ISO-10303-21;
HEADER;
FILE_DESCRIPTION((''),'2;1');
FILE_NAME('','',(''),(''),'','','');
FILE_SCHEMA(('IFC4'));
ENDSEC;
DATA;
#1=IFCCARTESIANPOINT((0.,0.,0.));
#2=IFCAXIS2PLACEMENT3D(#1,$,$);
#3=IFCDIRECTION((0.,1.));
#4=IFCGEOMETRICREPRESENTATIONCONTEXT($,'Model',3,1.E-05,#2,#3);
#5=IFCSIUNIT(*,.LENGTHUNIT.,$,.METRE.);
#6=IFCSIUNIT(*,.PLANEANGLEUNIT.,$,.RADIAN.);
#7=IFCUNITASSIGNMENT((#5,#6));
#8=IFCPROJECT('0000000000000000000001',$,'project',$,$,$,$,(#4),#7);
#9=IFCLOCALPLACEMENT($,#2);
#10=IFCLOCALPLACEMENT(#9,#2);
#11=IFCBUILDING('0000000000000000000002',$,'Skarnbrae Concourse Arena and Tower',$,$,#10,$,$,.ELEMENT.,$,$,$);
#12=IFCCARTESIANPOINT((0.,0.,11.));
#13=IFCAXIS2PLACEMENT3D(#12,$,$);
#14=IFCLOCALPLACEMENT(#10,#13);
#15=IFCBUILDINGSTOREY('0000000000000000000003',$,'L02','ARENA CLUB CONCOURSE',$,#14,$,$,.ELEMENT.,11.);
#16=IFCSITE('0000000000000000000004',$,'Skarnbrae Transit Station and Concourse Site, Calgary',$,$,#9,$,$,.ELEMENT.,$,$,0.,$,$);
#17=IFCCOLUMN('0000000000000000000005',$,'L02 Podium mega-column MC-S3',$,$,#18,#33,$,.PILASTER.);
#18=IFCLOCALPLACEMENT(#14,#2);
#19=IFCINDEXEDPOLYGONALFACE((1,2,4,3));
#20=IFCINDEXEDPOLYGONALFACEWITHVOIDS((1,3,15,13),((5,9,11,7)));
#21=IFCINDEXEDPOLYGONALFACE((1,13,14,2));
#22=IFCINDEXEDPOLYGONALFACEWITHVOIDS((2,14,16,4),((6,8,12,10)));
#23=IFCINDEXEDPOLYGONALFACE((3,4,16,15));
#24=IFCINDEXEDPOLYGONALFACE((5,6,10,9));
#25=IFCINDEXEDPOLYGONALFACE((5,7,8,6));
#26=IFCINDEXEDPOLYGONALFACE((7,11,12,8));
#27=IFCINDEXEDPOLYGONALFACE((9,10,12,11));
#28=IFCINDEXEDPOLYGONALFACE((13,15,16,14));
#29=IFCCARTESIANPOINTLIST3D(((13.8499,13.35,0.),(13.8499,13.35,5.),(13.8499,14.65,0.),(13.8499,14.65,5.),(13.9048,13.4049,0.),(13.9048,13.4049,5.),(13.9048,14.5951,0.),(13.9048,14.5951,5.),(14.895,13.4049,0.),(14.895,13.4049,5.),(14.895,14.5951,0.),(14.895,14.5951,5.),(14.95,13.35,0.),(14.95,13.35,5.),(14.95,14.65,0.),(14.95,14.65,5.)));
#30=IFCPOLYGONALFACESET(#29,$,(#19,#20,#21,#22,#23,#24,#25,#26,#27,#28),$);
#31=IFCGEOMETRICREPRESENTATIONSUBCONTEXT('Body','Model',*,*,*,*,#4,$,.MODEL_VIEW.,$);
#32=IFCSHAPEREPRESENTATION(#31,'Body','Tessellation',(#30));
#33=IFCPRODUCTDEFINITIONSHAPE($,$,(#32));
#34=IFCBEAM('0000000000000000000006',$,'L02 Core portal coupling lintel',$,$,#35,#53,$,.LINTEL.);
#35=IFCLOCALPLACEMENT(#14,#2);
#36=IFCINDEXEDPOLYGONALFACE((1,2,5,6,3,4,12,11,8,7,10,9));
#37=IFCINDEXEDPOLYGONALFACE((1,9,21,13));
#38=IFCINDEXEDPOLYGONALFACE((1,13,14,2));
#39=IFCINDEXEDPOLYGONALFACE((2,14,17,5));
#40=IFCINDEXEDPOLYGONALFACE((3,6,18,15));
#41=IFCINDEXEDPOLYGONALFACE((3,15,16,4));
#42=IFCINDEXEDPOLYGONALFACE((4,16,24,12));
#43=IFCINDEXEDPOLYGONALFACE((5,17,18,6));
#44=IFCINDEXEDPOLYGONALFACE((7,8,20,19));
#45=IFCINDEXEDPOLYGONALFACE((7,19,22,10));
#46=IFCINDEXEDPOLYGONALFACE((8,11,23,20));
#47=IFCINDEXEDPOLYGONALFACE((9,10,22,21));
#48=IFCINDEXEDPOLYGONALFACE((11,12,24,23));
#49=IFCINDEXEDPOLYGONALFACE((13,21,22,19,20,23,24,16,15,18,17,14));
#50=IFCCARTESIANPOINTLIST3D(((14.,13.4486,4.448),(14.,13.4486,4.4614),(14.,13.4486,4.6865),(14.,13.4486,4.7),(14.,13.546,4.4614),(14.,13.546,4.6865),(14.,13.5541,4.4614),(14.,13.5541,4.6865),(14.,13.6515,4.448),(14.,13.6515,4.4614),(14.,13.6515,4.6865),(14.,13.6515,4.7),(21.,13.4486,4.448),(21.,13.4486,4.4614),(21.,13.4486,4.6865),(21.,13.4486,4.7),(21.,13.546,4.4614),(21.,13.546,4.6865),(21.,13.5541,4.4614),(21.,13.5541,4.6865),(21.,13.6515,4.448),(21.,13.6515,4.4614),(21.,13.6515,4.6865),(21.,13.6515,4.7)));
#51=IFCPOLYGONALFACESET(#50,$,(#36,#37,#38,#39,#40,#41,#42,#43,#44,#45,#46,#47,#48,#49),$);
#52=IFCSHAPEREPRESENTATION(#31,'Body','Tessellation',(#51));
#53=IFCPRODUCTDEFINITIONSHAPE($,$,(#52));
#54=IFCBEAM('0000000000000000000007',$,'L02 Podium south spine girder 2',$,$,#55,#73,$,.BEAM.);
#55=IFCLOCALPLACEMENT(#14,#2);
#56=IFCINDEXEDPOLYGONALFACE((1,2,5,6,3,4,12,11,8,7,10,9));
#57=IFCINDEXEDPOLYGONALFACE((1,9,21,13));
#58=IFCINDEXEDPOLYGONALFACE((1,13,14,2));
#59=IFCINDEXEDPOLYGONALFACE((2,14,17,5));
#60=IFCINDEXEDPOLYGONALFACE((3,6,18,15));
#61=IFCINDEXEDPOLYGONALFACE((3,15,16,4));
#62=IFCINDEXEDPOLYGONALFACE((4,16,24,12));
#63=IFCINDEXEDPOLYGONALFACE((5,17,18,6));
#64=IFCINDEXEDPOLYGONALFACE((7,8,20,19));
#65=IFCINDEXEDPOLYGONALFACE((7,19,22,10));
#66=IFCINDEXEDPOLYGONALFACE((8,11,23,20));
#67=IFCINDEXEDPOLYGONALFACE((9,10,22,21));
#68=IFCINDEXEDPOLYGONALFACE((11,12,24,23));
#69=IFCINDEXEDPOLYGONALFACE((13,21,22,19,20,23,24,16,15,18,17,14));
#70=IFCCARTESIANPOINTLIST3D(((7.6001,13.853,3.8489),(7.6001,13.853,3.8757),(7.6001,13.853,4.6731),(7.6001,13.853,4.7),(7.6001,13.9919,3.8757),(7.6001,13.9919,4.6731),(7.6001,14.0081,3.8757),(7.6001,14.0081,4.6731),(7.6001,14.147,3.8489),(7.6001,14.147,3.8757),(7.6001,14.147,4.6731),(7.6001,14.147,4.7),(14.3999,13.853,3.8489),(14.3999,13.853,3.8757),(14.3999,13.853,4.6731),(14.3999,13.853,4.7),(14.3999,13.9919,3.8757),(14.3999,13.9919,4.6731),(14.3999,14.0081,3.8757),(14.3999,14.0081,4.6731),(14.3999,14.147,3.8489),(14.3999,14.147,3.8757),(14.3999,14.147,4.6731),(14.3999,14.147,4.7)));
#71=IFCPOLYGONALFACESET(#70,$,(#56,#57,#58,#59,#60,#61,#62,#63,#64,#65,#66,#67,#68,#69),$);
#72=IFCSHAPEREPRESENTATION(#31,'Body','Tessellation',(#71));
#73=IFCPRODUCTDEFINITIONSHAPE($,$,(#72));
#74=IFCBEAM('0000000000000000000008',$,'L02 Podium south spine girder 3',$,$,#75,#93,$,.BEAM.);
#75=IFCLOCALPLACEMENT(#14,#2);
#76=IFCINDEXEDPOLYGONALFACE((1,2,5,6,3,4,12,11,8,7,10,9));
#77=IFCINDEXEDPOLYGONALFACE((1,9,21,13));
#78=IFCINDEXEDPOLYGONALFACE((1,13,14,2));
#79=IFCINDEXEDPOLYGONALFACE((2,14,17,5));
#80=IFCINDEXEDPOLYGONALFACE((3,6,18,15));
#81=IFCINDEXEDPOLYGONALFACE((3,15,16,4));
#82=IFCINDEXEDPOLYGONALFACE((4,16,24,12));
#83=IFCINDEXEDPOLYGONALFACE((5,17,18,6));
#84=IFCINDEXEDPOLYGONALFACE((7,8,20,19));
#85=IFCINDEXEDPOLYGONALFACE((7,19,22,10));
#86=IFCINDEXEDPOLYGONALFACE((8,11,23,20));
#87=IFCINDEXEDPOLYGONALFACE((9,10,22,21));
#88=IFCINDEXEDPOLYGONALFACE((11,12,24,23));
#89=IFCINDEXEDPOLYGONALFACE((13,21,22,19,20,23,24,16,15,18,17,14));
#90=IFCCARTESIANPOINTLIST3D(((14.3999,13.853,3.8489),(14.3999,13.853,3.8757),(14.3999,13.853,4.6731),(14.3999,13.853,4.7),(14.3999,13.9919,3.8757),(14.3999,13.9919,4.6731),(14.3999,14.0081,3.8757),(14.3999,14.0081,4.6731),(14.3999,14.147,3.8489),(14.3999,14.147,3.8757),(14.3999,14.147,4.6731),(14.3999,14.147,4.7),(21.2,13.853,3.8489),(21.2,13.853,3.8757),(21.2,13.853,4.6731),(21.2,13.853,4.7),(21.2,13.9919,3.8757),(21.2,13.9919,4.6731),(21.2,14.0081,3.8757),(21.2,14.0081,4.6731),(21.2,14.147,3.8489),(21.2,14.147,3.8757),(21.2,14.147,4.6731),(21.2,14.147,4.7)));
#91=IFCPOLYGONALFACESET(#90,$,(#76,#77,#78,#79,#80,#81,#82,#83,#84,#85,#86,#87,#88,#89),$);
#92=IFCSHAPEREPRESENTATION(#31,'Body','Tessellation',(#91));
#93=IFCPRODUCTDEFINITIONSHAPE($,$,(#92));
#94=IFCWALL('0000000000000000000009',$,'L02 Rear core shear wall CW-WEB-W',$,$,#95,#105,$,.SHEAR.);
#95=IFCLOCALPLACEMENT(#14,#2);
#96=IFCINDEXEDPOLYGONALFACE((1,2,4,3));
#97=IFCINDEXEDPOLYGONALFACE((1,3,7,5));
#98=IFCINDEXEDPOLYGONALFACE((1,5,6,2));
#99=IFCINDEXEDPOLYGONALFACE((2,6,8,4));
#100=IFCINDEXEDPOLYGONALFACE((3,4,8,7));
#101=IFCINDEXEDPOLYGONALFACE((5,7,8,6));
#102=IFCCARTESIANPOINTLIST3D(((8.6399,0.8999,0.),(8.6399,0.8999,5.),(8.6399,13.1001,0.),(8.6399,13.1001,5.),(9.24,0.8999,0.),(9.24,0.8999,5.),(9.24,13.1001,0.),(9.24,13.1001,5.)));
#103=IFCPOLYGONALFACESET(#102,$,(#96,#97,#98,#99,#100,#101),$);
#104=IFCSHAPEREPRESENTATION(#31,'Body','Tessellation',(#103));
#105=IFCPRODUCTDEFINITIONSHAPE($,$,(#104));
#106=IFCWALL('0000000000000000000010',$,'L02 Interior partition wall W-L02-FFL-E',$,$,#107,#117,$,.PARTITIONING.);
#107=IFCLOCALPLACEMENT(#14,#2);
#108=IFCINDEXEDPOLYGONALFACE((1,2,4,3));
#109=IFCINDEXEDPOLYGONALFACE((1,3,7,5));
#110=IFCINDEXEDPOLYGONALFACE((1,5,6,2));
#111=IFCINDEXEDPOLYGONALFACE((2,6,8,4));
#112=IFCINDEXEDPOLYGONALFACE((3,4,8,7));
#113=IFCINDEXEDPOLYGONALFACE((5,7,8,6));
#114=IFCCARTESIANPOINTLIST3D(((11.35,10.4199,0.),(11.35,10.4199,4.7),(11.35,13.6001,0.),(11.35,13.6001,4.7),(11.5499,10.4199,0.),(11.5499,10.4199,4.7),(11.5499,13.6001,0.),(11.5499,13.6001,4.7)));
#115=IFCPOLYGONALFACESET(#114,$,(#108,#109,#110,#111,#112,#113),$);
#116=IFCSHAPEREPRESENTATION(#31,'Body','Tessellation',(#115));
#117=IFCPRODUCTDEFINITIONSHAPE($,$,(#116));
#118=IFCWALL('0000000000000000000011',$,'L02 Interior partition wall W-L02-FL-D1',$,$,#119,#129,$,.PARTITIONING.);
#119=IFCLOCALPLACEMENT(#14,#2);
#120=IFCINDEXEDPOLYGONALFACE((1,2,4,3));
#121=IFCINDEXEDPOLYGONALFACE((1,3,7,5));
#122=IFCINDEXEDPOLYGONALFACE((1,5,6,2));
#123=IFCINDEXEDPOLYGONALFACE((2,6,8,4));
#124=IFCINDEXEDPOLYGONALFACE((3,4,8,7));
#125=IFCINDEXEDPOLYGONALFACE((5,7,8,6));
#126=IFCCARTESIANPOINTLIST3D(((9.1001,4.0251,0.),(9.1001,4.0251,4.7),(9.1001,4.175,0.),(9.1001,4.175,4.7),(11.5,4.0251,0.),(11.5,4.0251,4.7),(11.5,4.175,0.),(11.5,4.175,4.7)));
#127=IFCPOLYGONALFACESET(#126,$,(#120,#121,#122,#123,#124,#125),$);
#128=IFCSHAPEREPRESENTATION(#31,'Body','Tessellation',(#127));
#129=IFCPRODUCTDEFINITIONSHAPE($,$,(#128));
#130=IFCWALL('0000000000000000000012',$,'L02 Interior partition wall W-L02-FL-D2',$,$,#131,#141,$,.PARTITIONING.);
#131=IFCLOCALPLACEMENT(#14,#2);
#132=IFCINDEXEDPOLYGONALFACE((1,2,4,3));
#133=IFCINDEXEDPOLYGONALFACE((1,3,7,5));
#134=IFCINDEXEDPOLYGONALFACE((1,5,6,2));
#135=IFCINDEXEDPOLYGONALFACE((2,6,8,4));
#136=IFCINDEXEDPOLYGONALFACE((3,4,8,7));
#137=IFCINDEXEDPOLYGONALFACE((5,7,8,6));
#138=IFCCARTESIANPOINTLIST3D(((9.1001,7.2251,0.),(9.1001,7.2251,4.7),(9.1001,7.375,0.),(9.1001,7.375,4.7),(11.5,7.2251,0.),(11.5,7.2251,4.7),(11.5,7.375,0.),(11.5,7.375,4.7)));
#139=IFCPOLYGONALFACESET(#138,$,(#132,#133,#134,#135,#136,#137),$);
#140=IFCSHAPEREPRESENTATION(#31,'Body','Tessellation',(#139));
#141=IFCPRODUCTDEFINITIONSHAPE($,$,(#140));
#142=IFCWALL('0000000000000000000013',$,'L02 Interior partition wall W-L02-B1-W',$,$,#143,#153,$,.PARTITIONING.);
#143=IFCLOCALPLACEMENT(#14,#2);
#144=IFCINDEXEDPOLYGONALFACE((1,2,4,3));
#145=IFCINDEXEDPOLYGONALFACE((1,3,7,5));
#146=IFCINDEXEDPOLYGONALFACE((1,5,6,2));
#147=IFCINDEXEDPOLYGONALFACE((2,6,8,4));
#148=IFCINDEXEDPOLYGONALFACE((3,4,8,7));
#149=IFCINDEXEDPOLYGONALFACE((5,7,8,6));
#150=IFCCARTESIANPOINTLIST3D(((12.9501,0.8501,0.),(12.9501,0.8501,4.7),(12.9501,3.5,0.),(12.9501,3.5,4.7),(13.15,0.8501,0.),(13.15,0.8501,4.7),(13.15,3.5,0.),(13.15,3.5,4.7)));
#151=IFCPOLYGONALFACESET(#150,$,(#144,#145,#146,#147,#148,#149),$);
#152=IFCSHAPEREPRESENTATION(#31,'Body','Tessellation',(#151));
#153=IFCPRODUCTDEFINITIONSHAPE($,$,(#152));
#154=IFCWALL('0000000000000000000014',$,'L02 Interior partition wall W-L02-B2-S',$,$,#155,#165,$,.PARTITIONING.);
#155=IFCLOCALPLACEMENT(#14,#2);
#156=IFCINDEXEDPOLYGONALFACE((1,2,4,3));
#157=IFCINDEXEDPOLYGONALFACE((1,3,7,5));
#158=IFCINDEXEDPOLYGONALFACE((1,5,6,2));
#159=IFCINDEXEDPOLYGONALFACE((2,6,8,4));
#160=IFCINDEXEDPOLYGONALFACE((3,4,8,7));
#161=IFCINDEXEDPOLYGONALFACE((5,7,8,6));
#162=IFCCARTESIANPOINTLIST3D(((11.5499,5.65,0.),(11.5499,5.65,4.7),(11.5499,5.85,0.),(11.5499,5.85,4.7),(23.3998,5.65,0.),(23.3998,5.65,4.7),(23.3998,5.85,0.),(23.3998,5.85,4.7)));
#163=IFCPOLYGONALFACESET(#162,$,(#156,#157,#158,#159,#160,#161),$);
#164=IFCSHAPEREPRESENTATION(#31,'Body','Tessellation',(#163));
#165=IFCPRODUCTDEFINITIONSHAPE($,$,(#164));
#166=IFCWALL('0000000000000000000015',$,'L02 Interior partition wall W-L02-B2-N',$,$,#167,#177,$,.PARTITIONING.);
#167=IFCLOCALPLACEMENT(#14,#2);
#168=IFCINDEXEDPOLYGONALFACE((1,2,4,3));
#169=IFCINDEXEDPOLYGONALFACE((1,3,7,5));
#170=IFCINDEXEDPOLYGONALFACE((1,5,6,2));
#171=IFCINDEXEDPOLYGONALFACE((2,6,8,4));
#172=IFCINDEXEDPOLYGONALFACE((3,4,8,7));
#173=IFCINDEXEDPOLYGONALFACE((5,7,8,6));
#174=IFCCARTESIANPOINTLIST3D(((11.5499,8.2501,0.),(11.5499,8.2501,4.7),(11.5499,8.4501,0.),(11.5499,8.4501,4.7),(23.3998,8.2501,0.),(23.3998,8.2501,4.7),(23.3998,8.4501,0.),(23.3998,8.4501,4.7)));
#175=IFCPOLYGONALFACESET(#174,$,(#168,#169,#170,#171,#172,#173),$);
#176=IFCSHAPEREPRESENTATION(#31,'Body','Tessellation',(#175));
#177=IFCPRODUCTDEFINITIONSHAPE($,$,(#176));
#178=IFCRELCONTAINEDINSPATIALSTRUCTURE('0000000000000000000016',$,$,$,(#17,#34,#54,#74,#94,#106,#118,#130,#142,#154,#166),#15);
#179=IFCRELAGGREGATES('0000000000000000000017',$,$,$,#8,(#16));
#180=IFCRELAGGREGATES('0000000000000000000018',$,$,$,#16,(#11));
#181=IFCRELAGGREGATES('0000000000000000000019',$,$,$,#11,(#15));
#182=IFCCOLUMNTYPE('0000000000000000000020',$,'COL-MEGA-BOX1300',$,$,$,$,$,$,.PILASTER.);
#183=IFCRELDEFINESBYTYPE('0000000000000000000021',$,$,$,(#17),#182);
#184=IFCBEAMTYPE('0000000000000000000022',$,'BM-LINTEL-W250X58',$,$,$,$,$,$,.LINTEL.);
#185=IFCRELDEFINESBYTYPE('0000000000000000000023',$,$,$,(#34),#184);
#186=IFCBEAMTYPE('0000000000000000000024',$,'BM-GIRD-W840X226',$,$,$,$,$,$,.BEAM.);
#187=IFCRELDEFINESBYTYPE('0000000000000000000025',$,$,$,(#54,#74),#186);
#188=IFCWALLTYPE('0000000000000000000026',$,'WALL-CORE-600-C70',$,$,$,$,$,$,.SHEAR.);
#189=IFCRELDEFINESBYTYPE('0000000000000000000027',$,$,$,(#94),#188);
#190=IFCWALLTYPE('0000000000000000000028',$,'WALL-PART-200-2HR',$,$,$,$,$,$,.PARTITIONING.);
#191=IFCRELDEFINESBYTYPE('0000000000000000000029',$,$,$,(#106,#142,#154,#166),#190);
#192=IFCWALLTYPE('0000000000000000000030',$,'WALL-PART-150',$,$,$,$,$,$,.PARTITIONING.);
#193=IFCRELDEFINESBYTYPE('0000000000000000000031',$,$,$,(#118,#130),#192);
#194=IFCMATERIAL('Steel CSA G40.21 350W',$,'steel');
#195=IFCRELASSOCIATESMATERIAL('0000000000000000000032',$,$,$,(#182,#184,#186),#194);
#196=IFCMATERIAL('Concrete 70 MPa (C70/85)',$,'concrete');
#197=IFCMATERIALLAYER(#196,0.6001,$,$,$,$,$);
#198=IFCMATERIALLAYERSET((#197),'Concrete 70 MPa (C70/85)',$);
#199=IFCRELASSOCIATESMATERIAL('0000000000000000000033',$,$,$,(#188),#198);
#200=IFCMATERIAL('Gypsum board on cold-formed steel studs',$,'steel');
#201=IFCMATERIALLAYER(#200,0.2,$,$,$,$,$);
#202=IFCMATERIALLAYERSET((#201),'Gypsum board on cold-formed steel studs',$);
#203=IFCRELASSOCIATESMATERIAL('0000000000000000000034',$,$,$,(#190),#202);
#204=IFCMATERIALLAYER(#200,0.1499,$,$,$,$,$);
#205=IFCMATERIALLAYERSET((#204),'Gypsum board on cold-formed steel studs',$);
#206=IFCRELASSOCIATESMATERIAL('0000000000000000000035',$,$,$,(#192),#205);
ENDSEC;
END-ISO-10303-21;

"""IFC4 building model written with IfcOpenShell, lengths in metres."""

from ifc_helpers import new_model, si_unit, direction, frame, frame_2d, origin, origin_2d, place, context, subcontext, project, spatial, rectangle, hollow_rectangle, i_section, extrude, source, transform, mapped, material, layer, layer_set, material_profile, profile_set, type_object, element, save


model = new_model("IFC4")

# Units and contexts
model_context = context("Model", 3, precision=1e-05, world=origin(), true_north=direction((0.0, 1.0)))
body_context = subcontext(model_context, "Body", "Model", "MODEL_VIEW")
ifc_project = project(units=[si_unit("LENGTHUNIT", "METRE"), si_unit("PLANEANGLEUNIT", "RADIAN")], contexts=[model_context])

# Site, building, storey
site_placement = place(None, origin())
site = spatial("IfcSite", under=ifc_project, at=site_placement, Name="Skarnbrae Transit Station and Concourse Site, Calgary", CompositionType="ELEMENT", RefElevation=0.0)
building_placement = place(site_placement, origin())
building = spatial("IfcBuilding", under=site, at=building_placement, Name="Skarnbrae Concourse Arena and Tower", CompositionType="ELEMENT")
storey_placement = place(building_placement, frame((0.0, 0.0, 11.0)))
storey = spatial("IfcBuildingStorey", under=building, at=storey_placement, Name="L02", Description="ARENA CLUB CONCOURSE", CompositionType="ELEMENT", Elevation=11.0)

# Column
ifc_material_1 = material(Name="Steel CSA G40.21 350W", Category="steel")
ifc_material_profile_1 = material_profile(ifc_material_1, hollow_rectangle(XDim=1.1001, YDim=1.3, WallThickness=0.0549, at=origin_2d()), Name="BOX1300X1100X55")
ifc_profile_set_1 = profile_set([ifc_material_profile_1], Name="Steel CSA G40.21 350W")
column_type = type_object("IfcColumnType", Name="COL-MEGA-BOX1300", PredefinedType="PILASTER", material=ifc_profile_set_1)
shared_shape_1 = source(origin(), body_context, "Body", "SweptSolid", [
    extrude(hollow_rectangle(XDim=1.1001, YDim=1.3, WallThickness=0.0549, at=origin_2d()), origin(), (0.0, 0.0, 1.0), 5.0),
])
column_placement = place(storey_placement, frame((14.3999, 14.0, 0.0), z_axis=(0.0, 0.0, 1.0), x_axis=(1.0, 0.0, 0.0)))
element("IfcColumn", 1, at=column_placement, inside=storey, type_object=column_type, Name="L02 Podium mega-column MC-S3", PredefinedType="PILASTER", context=body_context, shape_type="MappedRepresentation", body=[
    mapped(shared_shape_1, transform((0.0, 0.0, 0.0))),
])

# Beams
ifc_material_profile_2 = material_profile(ifc_material_1, i_section(OverallWidth=0.2029, OverallDepth=0.252, WebThickness=0.0081, FlangeThickness=0.0134, at=origin_2d()), Name="W250X58")
ifc_profile_set_2 = profile_set([ifc_material_profile_2], Name="Steel CSA G40.21 350W")
beam_type_1 = type_object("IfcBeamType", Name="BM-LINTEL-W250X58", PredefinedType="LINTEL", material=ifc_profile_set_2)
shared_shape_2 = source(origin(), body_context, "Body", "SweptSolid", [
    extrude(i_section(OverallWidth=0.2029, OverallDepth=0.252, WebThickness=0.0081, FlangeThickness=0.0134, at=origin_2d()), origin(), (0.0, 0.0, 1.0), 7.0),
])
beam_1_placement = place(storey_placement, frame((14.0, 13.55, 4.574), z_axis=(1.0, 0.0, 0.0), x_axis=(0.0, 1.0, 0.0)))
element("IfcBeam", 2, at=beam_1_placement, inside=storey, type_object=beam_type_1, Name="L02 Core portal coupling lintel", PredefinedType="LINTEL", context=body_context, shape_type="MappedRepresentation", body=[
    mapped(shared_shape_2, transform((0.0, 0.0, 0.0))),
])
ifc_material_profile_3 = material_profile(ifc_material_1, i_section(OverallWidth=0.2939, OverallDepth=0.8511, WebThickness=0.0161, FlangeThickness=0.0269, at=origin_2d()), Name="W840X226")
ifc_profile_set_3 = profile_set([ifc_material_profile_3], Name="Steel CSA G40.21 350W")
beam_type_2 = type_object("IfcBeamType", Name="BM-GIRD-W840X226", PredefinedType="BEAM", material=ifc_profile_set_3)
shared_shape_3 = source(origin(), body_context, "Body", "SweptSolid", [
    extrude(i_section(OverallWidth=0.2939, OverallDepth=0.8511, WebThickness=0.0161, FlangeThickness=0.0269, at=origin_2d()), origin(), (0.0, 0.0, 1.0), 6.7998),
])
beam_2_placement = place(storey_placement, frame((7.6001, 14.0, 4.2744), z_axis=(1.0, 0.0, 0.0), x_axis=(0.0, 1.0, 0.0)))
element("IfcBeam", 3, at=beam_2_placement, inside=storey, type_object=beam_type_2, Name="L02 Podium south spine girder 2", PredefinedType="BEAM", context=body_context, shape_type="MappedRepresentation", body=[
    mapped(shared_shape_3, transform((0.0, 0.0, 0.0))),
])
shared_shape_4 = source(origin(), body_context, "Body", "SweptSolid", [
    extrude(i_section(OverallWidth=0.2939, OverallDepth=0.8511, WebThickness=0.0161, FlangeThickness=0.0269, at=origin_2d()), origin(), (0.0, 0.0, 1.0), 6.8),
])
beam_3_placement = place(storey_placement, frame((14.3999, 14.0, 4.2744), z_axis=(1.0, 0.0, 0.0), x_axis=(0.0, 1.0, 0.0)))
element("IfcBeam", 4, at=beam_3_placement, inside=storey, type_object=beam_type_2, Name="L02 Podium south spine girder 3", PredefinedType="BEAM", context=body_context, shape_type="MappedRepresentation", body=[
    mapped(shared_shape_4, transform((0.0, 0.0, 0.0))),
])

# Wall
ifc_material_2 = material(Name="Concrete 70 MPa (C70/85)", Category="concrete")
ifc_layer_1 = layer(ifc_material_2, 0.6001)
ifc_layer_set_1 = layer_set([ifc_layer_1], Name="Concrete 70 MPa (C70/85)")
wall_type_1 = type_object("IfcWallType", Name="WALL-CORE-600-C70", PredefinedType="SHEAR", material=ifc_layer_set_1)
shared_shape_5 = source(origin(), body_context, "Body", "SweptSolid", [
    extrude(rectangle(XDim=12.2002, YDim=0.6001, at=frame_2d((6.1001, 0.0))), origin(), (0.0, 0.0, 1.0), 5.0),
])
wall_1_placement = place(storey_placement, frame((8.9399, 0.8999, 0.0), z_axis=(0.0, 0.0, 1.0), x_axis=(0.0, 1.0, 0.0)))
element("IfcWall", 5, at=wall_1_placement, inside=storey, type_object=wall_type_1, Name="L02 Rear core shear wall CW-WEB-W", PredefinedType="SHEAR", context=body_context, shape_type="MappedRepresentation", body=[
    mapped(shared_shape_5, transform((0.0, 0.0, 0.0))),
])

# Wall
ifc_material_3 = material(Name="Gypsum board on cold-formed steel studs", Category="steel")
ifc_layer_2 = layer(ifc_material_3, 0.2)
ifc_layer_set_2 = layer_set([ifc_layer_2], Name="Gypsum board on cold-formed steel studs")
wall_type_2 = type_object("IfcWallType", Name="WALL-PART-200-2HR", PredefinedType="PARTITIONING", material=ifc_layer_set_2)
shared_shape_6 = source(origin(), body_context, "Body", "SweptSolid", [
    extrude(rectangle(XDim=3.1802, YDim=0.2, at=frame_2d((1.5901, 0.0))), origin(), (0.0, 0.0, 1.0), 4.7),
])
wall_2_placement = place(storey_placement, frame((11.45, 10.4199, 0.0), z_axis=(0.0, 0.0, 1.0), x_axis=(0.0, 1.0, 0.0)))
element("IfcWall", 6, at=wall_2_placement, inside=storey, type_object=wall_type_2, Name="L02 Interior partition wall W-L02-FFL-E", PredefinedType="PARTITIONING", context=body_context, shape_type="MappedRepresentation", body=[
    mapped(shared_shape_6, transform((0.0, 0.0, 0.0))),
])

# Walls
ifc_layer_3 = layer(ifc_material_3, 0.1499)
ifc_layer_set_3 = layer_set([ifc_layer_3], Name="Gypsum board on cold-formed steel studs")
wall_type_3 = type_object("IfcWallType", Name="WALL-PART-150", PredefinedType="PARTITIONING", material=ifc_layer_set_3)
shared_shape_7 = source(origin(), body_context, "Body", "SweptSolid", [
    extrude(rectangle(XDim=2.3999, YDim=0.1499, at=frame_2d((1.2, 0.0))), origin(), (0.0, 0.0, 1.0), 4.7),
])
for number, where, z_axis, x_axis, name in (
    (7, (9.1001, 4.1001, 0.0), (0.0, 0.0, 1.0), (1.0, 0.0, 0.0), "L02 Interior partition wall W-L02-FL-D1"),
    (8, (9.1001, 7.3, 0.0), (0.0, 0.0, 1.0), (1.0, 0.0, 0.0), "L02 Interior partition wall W-L02-FL-D2"),
):
    element("IfcWall", number, at=place(storey_placement, frame(where, z_axis=z_axis, x_axis=x_axis)), inside=storey, type_object=wall_type_3, Name=name, PredefinedType="PARTITIONING", context=body_context, shape_type="MappedRepresentation", body=[
        mapped(shared_shape_7, transform((0.0, 0.0, 0.0))),
    ])
shared_shape_8 = source(origin(), body_context, "Body", "SweptSolid", [
    extrude(rectangle(XDim=2.6499, YDim=0.2, at=frame_2d((1.325, 0.0))), origin(), (0.0, 0.0, 1.0), 4.7),
])
wall_3_placement = place(storey_placement, frame((13.05, 0.8501, 0.0), z_axis=(0.0, 0.0, 1.0), x_axis=(0.0, 1.0, 0.0)))
element("IfcWall", 9, at=wall_3_placement, inside=storey, type_object=wall_type_2, Name="L02 Interior partition wall W-L02-B1-W", PredefinedType="PARTITIONING", context=body_context, shape_type="MappedRepresentation", body=[
    mapped(shared_shape_8, transform((0.0, 0.0, 0.0))),
])
shared_shape_9 = source(origin(), body_context, "Body", "SweptSolid", [
    extrude(rectangle(XDim=11.8499, YDim=0.2, at=frame_2d((5.9248, 0.0))), origin(), (0.0, 0.0, 1.0), 4.7),
])
for number, where, z_axis, x_axis, name in (
    (10, (11.55, 5.75, 0.0), (0.0, 0.0, 1.0), (1.0, 0.0, 0.0), "L02 Interior partition wall W-L02-B2-S"),
    (11, (11.55, 8.3501, 0.0), (0.0, 0.0, 1.0), (1.0, 0.0, 0.0), "L02 Interior partition wall W-L02-B2-N"),
):
    element("IfcWall", number, at=place(storey_placement, frame(where, z_axis=z_axis, x_axis=x_axis)), inside=storey, type_object=wall_type_2, Name=name, PredefinedType="PARTITIONING", context=body_context, shape_type="MappedRepresentation", body=[
        mapped(shared_shape_9, transform((0.0, 0.0, 0.0))),
    ])

save(model, "model.ifc")
